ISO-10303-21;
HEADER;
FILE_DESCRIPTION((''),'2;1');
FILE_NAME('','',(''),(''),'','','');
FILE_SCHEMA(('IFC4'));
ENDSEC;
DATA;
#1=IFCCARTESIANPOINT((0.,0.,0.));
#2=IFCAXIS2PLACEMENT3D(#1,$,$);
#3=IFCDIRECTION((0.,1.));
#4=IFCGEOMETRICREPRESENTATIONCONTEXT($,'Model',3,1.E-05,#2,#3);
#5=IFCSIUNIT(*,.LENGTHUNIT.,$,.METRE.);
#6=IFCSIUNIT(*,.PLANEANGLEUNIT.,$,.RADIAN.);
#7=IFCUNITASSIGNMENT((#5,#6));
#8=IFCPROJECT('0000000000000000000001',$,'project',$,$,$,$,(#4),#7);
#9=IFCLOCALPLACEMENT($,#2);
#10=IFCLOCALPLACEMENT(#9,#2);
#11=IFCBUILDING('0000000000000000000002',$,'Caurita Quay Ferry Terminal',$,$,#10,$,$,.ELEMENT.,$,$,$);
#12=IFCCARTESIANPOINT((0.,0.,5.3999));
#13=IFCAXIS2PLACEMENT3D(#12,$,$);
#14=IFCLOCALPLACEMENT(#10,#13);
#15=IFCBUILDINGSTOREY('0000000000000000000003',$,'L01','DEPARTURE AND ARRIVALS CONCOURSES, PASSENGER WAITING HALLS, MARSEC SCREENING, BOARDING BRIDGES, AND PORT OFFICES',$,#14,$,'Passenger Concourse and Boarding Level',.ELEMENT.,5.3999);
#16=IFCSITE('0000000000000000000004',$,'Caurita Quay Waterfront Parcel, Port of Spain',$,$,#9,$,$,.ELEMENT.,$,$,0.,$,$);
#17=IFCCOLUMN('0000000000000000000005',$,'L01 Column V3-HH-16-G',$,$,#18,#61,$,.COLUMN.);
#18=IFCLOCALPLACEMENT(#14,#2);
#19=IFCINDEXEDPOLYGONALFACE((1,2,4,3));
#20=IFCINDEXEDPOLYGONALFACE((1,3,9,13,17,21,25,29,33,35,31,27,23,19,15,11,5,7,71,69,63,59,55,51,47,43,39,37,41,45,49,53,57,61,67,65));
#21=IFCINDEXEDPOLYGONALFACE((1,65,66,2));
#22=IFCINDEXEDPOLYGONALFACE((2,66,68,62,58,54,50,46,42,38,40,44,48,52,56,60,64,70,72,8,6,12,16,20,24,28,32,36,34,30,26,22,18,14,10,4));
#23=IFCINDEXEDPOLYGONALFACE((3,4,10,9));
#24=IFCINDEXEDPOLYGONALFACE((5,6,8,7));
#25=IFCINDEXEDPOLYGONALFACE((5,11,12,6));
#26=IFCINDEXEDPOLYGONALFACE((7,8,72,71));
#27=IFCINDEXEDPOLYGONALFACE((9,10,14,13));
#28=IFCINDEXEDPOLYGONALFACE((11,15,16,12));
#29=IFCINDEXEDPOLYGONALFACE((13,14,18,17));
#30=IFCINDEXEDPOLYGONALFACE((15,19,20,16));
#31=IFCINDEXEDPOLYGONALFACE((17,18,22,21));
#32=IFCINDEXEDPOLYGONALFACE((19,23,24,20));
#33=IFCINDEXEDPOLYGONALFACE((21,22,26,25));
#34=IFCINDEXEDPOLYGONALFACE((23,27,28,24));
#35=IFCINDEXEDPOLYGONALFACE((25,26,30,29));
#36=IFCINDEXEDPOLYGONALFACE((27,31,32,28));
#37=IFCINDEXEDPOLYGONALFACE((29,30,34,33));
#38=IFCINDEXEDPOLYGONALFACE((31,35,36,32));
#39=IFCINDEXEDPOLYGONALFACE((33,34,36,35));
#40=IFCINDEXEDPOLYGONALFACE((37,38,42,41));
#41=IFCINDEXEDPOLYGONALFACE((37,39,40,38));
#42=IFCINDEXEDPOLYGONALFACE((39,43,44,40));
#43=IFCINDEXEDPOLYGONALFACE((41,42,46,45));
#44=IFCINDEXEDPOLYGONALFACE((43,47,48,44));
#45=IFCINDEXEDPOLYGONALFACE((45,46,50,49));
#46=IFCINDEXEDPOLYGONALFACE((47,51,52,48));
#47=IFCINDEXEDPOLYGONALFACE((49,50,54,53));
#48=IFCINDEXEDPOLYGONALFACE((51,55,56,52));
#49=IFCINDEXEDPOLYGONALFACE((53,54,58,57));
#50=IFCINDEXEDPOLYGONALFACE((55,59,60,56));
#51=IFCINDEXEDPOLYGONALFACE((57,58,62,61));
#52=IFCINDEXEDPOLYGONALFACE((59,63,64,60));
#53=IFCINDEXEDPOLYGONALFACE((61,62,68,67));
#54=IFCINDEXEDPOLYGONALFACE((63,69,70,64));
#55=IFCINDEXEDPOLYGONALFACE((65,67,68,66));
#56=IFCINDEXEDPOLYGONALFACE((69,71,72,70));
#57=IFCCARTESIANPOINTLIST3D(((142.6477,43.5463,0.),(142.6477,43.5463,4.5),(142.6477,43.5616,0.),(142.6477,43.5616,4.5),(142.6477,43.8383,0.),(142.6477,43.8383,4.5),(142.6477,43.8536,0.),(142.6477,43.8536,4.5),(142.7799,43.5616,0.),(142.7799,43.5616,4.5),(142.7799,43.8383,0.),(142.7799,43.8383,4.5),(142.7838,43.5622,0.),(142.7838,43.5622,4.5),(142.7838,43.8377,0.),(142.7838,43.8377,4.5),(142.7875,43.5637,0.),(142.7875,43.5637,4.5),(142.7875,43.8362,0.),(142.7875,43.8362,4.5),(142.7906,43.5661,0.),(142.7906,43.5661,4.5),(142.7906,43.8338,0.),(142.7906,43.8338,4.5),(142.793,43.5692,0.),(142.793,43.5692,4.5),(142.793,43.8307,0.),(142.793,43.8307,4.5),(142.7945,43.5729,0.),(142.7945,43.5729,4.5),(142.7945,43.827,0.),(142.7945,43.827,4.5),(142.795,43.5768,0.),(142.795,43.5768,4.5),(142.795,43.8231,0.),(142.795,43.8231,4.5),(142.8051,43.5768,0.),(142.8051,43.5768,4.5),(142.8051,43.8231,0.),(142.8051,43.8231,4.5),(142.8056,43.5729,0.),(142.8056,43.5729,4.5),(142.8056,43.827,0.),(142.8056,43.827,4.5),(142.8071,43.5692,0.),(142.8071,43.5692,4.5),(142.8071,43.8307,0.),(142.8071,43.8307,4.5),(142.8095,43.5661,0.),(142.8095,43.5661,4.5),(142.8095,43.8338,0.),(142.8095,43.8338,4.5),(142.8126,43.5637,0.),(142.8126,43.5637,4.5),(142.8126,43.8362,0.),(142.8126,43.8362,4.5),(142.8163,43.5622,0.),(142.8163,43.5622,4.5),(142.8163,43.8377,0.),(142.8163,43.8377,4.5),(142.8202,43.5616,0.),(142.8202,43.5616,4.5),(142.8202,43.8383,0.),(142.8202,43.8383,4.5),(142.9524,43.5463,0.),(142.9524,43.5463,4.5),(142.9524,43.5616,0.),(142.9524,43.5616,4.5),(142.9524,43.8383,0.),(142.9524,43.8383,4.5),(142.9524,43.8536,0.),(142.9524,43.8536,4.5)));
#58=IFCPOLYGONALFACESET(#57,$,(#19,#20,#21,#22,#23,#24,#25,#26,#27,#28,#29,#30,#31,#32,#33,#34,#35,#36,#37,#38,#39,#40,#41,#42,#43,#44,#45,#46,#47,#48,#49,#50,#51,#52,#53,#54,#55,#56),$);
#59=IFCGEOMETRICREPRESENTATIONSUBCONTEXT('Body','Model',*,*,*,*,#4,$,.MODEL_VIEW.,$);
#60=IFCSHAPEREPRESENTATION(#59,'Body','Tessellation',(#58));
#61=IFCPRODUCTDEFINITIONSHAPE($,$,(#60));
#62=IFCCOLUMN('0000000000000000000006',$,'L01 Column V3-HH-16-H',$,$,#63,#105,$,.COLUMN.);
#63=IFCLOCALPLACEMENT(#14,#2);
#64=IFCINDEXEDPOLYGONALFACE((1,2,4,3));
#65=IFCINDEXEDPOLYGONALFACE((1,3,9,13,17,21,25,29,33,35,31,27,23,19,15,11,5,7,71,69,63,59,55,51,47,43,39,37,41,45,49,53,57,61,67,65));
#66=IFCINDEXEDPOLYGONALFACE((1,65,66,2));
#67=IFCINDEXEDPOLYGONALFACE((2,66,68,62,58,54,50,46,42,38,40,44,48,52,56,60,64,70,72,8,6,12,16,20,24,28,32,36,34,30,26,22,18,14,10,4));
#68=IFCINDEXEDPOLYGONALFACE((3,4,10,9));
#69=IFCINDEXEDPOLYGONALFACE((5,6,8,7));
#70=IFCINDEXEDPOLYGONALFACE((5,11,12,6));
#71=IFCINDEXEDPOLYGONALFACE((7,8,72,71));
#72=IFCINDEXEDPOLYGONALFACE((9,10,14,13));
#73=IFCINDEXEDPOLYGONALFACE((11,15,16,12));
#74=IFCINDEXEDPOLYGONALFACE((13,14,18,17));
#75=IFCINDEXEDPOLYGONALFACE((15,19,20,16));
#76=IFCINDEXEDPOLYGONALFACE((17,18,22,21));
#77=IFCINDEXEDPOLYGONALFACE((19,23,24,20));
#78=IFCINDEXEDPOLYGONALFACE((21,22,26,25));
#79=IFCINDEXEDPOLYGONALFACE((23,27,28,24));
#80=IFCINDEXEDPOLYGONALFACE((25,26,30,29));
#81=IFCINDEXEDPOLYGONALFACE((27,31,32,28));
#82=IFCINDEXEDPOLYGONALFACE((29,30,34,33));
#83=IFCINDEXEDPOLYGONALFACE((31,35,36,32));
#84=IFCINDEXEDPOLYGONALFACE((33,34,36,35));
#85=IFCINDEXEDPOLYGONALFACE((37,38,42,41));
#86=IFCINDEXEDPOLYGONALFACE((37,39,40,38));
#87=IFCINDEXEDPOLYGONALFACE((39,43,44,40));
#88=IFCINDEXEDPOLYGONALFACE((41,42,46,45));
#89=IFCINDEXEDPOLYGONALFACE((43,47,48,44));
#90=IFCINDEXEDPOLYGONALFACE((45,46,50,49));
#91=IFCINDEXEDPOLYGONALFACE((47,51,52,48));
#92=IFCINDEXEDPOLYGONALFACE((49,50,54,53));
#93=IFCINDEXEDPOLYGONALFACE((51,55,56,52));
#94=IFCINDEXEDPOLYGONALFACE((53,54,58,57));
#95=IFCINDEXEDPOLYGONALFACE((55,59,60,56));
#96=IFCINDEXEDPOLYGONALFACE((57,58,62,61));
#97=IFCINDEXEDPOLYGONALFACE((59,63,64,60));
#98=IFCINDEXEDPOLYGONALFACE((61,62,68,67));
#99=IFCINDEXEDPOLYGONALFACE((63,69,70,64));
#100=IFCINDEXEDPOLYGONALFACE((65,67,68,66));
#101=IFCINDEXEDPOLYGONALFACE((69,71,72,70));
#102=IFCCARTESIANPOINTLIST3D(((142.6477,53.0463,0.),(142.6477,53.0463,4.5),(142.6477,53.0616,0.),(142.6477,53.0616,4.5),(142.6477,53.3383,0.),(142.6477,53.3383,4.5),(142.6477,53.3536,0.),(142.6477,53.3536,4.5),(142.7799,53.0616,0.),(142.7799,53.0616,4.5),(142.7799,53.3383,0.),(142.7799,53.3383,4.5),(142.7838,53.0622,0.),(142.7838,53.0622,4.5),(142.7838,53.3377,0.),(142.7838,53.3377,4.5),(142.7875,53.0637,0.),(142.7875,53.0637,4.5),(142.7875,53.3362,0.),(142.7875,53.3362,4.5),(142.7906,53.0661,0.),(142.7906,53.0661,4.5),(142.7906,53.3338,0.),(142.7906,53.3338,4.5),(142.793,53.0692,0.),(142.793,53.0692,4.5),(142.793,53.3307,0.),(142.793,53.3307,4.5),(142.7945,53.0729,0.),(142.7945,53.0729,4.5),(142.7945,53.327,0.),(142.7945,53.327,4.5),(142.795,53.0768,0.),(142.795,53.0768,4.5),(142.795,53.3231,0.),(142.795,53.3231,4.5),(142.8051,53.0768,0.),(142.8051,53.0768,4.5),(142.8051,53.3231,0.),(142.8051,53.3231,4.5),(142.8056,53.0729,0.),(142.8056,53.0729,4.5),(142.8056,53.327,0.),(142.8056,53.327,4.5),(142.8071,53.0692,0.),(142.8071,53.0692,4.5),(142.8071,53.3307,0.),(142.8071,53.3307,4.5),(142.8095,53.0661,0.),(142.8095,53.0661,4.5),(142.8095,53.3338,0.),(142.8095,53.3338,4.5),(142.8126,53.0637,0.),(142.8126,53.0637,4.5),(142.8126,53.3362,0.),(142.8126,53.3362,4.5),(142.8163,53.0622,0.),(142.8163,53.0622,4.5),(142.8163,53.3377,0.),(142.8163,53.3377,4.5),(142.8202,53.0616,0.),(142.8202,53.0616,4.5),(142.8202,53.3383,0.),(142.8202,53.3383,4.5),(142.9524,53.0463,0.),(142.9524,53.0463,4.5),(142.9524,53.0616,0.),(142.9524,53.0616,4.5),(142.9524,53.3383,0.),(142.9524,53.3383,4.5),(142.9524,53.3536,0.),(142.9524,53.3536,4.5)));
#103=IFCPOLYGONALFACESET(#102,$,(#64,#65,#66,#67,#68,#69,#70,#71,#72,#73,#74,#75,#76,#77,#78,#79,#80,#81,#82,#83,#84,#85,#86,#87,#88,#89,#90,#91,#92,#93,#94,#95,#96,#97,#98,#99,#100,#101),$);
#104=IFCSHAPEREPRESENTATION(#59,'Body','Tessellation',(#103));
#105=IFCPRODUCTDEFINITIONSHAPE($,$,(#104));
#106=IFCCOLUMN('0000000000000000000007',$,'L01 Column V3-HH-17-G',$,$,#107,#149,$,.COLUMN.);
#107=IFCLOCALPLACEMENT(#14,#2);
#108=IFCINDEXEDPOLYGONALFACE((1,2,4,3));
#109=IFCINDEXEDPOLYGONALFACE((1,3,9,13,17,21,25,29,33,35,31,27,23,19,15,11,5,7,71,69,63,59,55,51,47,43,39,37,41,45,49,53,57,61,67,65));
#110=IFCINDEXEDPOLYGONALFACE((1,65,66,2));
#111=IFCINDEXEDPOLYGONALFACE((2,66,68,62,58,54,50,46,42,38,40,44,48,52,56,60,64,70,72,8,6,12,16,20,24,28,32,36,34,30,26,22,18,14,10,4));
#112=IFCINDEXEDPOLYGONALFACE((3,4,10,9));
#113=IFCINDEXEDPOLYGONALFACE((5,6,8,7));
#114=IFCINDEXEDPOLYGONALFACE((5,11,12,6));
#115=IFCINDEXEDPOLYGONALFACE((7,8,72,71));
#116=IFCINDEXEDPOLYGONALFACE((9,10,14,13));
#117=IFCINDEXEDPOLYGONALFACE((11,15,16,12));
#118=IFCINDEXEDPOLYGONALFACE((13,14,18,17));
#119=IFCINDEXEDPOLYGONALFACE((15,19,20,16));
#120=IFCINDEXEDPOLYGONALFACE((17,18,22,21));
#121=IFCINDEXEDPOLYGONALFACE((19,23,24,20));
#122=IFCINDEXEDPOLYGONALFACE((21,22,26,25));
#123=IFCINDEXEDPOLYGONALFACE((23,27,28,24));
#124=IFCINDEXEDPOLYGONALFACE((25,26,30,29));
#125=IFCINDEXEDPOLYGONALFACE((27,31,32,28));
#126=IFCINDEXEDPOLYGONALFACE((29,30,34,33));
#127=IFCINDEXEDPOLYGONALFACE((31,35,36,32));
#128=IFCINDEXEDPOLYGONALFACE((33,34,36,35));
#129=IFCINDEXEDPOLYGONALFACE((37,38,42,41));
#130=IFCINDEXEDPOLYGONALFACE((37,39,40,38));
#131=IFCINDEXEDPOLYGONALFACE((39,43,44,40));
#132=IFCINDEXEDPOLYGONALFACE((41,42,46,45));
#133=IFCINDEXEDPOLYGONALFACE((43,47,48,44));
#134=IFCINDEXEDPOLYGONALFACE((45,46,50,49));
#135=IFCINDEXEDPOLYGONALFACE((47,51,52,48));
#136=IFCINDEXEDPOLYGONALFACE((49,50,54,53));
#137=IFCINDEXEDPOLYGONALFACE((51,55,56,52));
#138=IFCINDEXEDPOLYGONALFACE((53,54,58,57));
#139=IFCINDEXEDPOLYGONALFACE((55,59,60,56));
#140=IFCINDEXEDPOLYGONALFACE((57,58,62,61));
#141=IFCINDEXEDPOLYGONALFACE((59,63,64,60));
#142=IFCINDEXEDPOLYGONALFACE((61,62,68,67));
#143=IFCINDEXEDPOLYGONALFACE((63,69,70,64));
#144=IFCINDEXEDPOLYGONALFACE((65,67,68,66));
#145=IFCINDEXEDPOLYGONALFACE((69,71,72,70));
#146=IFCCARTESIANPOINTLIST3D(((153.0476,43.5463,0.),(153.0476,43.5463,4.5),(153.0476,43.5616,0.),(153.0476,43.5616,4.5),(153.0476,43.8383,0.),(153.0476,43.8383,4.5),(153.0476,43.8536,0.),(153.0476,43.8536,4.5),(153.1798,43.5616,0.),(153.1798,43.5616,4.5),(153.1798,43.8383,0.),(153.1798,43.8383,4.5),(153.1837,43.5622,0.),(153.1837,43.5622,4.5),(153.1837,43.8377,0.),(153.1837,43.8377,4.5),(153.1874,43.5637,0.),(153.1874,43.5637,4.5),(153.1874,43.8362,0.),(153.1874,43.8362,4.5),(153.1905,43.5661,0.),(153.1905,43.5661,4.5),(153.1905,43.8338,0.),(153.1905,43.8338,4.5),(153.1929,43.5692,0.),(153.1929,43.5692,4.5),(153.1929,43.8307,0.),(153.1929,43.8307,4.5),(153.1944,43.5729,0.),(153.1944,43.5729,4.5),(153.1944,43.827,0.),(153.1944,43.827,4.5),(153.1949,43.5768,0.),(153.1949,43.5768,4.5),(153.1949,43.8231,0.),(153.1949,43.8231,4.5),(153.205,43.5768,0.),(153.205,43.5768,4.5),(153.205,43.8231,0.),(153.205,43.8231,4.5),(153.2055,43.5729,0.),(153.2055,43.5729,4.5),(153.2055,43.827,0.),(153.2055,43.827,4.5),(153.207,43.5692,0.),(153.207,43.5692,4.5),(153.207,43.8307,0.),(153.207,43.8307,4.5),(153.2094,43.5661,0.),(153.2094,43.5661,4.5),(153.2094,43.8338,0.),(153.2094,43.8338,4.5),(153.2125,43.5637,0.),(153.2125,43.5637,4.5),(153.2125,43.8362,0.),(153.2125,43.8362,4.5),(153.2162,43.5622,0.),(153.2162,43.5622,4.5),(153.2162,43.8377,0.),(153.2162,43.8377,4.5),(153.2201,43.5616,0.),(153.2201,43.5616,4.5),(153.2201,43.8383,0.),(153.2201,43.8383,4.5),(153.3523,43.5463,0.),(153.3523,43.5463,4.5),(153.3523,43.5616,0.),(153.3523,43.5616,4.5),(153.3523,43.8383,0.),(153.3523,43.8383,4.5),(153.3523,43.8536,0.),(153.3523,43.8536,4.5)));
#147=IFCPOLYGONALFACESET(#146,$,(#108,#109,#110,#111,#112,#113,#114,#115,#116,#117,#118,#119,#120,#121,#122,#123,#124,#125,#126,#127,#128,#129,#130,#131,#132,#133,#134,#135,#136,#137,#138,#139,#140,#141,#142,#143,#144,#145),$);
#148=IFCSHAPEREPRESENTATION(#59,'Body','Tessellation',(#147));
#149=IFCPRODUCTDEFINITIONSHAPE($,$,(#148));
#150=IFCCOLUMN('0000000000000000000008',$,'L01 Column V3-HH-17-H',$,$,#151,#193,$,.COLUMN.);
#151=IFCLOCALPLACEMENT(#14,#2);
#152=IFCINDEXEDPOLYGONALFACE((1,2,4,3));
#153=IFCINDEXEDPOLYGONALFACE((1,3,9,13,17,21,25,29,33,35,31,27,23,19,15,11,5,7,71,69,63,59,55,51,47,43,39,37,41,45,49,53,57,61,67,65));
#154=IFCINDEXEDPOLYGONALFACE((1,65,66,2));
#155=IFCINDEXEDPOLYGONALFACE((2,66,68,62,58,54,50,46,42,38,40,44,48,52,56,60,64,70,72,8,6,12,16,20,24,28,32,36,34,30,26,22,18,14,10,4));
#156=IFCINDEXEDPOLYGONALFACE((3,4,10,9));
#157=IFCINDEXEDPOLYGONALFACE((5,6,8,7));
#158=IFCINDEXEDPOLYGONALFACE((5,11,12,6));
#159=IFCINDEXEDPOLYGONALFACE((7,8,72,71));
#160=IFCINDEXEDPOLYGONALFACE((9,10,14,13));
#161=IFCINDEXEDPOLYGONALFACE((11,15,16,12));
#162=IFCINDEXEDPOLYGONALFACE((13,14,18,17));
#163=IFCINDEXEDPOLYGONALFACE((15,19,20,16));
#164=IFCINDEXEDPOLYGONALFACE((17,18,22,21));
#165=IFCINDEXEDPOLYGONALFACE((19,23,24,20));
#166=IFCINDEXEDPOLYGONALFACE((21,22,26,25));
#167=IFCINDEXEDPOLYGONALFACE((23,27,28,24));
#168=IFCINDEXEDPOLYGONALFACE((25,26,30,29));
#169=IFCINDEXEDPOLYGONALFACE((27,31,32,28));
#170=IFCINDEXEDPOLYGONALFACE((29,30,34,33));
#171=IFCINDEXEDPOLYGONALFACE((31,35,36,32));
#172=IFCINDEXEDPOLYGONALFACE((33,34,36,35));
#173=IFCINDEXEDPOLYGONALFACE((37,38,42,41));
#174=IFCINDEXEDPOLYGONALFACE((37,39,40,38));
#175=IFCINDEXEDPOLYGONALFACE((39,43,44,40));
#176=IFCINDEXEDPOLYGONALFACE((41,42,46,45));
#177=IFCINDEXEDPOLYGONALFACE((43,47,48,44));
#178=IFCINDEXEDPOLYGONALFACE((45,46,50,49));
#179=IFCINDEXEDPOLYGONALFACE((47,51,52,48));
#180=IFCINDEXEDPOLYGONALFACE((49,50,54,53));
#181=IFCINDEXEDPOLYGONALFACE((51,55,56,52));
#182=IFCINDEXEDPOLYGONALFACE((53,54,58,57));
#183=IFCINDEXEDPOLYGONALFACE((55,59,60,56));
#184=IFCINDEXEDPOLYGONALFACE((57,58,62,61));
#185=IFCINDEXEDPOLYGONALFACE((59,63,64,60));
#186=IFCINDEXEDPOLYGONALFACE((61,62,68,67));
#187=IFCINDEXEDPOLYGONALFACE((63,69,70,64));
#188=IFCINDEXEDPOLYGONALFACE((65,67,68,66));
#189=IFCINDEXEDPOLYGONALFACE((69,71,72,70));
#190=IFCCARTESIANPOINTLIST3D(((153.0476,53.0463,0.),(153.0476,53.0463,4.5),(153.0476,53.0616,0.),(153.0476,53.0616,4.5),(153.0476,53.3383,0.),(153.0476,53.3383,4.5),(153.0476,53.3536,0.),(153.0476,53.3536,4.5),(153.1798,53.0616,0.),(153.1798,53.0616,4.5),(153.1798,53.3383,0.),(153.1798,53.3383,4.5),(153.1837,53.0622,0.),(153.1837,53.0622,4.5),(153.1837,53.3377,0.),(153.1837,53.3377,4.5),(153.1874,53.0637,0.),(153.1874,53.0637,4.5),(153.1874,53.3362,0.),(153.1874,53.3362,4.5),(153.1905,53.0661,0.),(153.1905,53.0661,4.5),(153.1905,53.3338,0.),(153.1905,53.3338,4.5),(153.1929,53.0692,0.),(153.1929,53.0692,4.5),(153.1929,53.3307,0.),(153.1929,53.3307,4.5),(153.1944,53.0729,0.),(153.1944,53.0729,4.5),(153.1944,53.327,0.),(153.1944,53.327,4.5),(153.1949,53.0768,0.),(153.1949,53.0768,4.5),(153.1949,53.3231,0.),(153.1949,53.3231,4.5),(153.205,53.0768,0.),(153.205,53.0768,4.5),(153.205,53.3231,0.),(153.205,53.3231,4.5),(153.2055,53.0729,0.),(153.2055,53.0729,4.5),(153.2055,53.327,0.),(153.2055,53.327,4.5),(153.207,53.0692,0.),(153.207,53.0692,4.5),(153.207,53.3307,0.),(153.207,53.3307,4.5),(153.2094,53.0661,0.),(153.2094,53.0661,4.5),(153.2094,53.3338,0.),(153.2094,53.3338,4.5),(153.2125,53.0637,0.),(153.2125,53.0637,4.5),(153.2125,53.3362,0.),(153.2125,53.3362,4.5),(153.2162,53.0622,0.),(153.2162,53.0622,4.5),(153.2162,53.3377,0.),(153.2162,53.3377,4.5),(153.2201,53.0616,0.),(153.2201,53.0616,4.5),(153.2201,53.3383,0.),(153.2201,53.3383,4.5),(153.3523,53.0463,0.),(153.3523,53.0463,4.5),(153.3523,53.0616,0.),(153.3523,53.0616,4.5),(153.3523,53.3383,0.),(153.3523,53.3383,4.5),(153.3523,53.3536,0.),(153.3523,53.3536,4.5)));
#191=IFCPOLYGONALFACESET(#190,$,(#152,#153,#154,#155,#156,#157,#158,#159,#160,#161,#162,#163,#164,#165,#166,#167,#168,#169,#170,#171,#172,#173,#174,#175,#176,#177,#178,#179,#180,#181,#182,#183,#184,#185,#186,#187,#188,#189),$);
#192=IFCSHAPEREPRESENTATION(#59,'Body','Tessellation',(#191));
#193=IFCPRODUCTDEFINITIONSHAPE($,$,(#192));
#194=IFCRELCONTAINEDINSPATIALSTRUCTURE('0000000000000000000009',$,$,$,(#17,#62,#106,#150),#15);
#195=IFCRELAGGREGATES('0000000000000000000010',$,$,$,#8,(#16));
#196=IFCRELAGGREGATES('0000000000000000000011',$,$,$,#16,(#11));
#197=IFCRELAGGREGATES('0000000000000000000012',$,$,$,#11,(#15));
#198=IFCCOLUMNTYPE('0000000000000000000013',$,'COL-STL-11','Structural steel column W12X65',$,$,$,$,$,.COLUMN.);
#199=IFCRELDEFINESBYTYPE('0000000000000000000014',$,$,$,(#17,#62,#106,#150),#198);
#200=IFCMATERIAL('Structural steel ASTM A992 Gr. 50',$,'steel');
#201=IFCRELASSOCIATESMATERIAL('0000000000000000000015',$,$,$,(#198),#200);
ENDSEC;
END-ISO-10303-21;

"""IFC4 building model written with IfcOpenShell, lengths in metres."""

from ifc_helpers import new_model, si_unit, direction, frame, origin, origin_2d, place, context, subcontext, project, spatial, i_section, extrude, material, material_profile, profile_set, type_object, element, save


model = new_model("IFC4")

# Units and contexts
model_context = context("Model", 3, precision=1e-05, world=origin(), true_north=direction((0.0, 1.0)))
body_context = subcontext(model_context, "Body", "Model", "MODEL_VIEW")
ifc_project = project(units=[si_unit("LENGTHUNIT", "METRE"), si_unit("PLANEANGLEUNIT", "RADIAN")], contexts=[model_context])

# Site, building, storey
site_placement = place(None, origin())
site = spatial("IfcSite", under=ifc_project, at=site_placement, Name="Caurita Quay Waterfront Parcel, Port of Spain", CompositionType="ELEMENT", RefElevation=0.0)
building_placement = place(site_placement, origin())
building = spatial("IfcBuilding", under=site, at=building_placement, Name="Caurita Quay Ferry Terminal", CompositionType="ELEMENT")
storey_placement = place(building_placement, frame((0.0, 0.0, 5.3999)))
storey = spatial("IfcBuildingStorey", under=building, at=storey_placement, Name="L01", Description="DEPARTURE AND ARRIVALS CONCOURSES, PASSENGER WAITING HALLS, MARSEC SCREENING, BOARDING BRIDGES, AND PORT OFFICES", LongName="Passenger Concourse and Boarding Level", CompositionType="ELEMENT", Elevation=5.3999)

# Columns
ifc_material_1 = material(Name="Structural steel ASTM A992 Gr. 50", Category="steel")
ifc_material_profile_1 = material_profile(ifc_material_1, i_section(OverallWidth=0.3047, OverallDepth=0.3074, WebThickness=0.01, FlangeThickness=0.0154, FilletRadius=0.0151, at=origin_2d()), Name="W12X65")
ifc_profile_set_1 = profile_set([ifc_material_profile_1], Name="Structural steel ASTM A992 Gr. 50")
column_type = type_object("IfcColumnType", Name="COL-STL-11", Description="Structural steel column W12X65", PredefinedType="COLUMN", material=ifc_profile_set_1)
for number, where, z_axis, x_axis, name in (
    (1, (142.8, 43.7, 0.0), (0.0, 0.0, 1.0), (1.0, 0.0, 0.0), "L01 Column V3-HH-16-G"),
    (2, (142.8, 53.2, 0.0), (0.0, 0.0, 1.0), (1.0, 0.0, 0.0), "L01 Column V3-HH-16-H"),
    (3, (153.2, 43.7, 0.0), (0.0, 0.0, 1.0), (1.0, 0.0, 0.0), "L01 Column V3-HH-17-G"),
    (4, (153.2, 53.2, 0.0), (0.0, 0.0, 1.0), (1.0, 0.0, 0.0), "L01 Column V3-HH-17-H"),
):
    element("IfcColumn", number, at=place(storey_placement, frame(where, z_axis=z_axis, x_axis=x_axis)), inside=storey, type_object=column_type, Name=name, PredefinedType="COLUMN", context=body_context, shape_type="SweptSolid", body=[
        extrude(i_section(OverallWidth=0.3047, OverallDepth=0.3074, WebThickness=0.01, FlangeThickness=0.0154, FilletRadius=0.0151, at=origin_2d()), origin(), (0.0, 0.0, 1.0), 4.5),
    ])

save(model, "model.ifc")
